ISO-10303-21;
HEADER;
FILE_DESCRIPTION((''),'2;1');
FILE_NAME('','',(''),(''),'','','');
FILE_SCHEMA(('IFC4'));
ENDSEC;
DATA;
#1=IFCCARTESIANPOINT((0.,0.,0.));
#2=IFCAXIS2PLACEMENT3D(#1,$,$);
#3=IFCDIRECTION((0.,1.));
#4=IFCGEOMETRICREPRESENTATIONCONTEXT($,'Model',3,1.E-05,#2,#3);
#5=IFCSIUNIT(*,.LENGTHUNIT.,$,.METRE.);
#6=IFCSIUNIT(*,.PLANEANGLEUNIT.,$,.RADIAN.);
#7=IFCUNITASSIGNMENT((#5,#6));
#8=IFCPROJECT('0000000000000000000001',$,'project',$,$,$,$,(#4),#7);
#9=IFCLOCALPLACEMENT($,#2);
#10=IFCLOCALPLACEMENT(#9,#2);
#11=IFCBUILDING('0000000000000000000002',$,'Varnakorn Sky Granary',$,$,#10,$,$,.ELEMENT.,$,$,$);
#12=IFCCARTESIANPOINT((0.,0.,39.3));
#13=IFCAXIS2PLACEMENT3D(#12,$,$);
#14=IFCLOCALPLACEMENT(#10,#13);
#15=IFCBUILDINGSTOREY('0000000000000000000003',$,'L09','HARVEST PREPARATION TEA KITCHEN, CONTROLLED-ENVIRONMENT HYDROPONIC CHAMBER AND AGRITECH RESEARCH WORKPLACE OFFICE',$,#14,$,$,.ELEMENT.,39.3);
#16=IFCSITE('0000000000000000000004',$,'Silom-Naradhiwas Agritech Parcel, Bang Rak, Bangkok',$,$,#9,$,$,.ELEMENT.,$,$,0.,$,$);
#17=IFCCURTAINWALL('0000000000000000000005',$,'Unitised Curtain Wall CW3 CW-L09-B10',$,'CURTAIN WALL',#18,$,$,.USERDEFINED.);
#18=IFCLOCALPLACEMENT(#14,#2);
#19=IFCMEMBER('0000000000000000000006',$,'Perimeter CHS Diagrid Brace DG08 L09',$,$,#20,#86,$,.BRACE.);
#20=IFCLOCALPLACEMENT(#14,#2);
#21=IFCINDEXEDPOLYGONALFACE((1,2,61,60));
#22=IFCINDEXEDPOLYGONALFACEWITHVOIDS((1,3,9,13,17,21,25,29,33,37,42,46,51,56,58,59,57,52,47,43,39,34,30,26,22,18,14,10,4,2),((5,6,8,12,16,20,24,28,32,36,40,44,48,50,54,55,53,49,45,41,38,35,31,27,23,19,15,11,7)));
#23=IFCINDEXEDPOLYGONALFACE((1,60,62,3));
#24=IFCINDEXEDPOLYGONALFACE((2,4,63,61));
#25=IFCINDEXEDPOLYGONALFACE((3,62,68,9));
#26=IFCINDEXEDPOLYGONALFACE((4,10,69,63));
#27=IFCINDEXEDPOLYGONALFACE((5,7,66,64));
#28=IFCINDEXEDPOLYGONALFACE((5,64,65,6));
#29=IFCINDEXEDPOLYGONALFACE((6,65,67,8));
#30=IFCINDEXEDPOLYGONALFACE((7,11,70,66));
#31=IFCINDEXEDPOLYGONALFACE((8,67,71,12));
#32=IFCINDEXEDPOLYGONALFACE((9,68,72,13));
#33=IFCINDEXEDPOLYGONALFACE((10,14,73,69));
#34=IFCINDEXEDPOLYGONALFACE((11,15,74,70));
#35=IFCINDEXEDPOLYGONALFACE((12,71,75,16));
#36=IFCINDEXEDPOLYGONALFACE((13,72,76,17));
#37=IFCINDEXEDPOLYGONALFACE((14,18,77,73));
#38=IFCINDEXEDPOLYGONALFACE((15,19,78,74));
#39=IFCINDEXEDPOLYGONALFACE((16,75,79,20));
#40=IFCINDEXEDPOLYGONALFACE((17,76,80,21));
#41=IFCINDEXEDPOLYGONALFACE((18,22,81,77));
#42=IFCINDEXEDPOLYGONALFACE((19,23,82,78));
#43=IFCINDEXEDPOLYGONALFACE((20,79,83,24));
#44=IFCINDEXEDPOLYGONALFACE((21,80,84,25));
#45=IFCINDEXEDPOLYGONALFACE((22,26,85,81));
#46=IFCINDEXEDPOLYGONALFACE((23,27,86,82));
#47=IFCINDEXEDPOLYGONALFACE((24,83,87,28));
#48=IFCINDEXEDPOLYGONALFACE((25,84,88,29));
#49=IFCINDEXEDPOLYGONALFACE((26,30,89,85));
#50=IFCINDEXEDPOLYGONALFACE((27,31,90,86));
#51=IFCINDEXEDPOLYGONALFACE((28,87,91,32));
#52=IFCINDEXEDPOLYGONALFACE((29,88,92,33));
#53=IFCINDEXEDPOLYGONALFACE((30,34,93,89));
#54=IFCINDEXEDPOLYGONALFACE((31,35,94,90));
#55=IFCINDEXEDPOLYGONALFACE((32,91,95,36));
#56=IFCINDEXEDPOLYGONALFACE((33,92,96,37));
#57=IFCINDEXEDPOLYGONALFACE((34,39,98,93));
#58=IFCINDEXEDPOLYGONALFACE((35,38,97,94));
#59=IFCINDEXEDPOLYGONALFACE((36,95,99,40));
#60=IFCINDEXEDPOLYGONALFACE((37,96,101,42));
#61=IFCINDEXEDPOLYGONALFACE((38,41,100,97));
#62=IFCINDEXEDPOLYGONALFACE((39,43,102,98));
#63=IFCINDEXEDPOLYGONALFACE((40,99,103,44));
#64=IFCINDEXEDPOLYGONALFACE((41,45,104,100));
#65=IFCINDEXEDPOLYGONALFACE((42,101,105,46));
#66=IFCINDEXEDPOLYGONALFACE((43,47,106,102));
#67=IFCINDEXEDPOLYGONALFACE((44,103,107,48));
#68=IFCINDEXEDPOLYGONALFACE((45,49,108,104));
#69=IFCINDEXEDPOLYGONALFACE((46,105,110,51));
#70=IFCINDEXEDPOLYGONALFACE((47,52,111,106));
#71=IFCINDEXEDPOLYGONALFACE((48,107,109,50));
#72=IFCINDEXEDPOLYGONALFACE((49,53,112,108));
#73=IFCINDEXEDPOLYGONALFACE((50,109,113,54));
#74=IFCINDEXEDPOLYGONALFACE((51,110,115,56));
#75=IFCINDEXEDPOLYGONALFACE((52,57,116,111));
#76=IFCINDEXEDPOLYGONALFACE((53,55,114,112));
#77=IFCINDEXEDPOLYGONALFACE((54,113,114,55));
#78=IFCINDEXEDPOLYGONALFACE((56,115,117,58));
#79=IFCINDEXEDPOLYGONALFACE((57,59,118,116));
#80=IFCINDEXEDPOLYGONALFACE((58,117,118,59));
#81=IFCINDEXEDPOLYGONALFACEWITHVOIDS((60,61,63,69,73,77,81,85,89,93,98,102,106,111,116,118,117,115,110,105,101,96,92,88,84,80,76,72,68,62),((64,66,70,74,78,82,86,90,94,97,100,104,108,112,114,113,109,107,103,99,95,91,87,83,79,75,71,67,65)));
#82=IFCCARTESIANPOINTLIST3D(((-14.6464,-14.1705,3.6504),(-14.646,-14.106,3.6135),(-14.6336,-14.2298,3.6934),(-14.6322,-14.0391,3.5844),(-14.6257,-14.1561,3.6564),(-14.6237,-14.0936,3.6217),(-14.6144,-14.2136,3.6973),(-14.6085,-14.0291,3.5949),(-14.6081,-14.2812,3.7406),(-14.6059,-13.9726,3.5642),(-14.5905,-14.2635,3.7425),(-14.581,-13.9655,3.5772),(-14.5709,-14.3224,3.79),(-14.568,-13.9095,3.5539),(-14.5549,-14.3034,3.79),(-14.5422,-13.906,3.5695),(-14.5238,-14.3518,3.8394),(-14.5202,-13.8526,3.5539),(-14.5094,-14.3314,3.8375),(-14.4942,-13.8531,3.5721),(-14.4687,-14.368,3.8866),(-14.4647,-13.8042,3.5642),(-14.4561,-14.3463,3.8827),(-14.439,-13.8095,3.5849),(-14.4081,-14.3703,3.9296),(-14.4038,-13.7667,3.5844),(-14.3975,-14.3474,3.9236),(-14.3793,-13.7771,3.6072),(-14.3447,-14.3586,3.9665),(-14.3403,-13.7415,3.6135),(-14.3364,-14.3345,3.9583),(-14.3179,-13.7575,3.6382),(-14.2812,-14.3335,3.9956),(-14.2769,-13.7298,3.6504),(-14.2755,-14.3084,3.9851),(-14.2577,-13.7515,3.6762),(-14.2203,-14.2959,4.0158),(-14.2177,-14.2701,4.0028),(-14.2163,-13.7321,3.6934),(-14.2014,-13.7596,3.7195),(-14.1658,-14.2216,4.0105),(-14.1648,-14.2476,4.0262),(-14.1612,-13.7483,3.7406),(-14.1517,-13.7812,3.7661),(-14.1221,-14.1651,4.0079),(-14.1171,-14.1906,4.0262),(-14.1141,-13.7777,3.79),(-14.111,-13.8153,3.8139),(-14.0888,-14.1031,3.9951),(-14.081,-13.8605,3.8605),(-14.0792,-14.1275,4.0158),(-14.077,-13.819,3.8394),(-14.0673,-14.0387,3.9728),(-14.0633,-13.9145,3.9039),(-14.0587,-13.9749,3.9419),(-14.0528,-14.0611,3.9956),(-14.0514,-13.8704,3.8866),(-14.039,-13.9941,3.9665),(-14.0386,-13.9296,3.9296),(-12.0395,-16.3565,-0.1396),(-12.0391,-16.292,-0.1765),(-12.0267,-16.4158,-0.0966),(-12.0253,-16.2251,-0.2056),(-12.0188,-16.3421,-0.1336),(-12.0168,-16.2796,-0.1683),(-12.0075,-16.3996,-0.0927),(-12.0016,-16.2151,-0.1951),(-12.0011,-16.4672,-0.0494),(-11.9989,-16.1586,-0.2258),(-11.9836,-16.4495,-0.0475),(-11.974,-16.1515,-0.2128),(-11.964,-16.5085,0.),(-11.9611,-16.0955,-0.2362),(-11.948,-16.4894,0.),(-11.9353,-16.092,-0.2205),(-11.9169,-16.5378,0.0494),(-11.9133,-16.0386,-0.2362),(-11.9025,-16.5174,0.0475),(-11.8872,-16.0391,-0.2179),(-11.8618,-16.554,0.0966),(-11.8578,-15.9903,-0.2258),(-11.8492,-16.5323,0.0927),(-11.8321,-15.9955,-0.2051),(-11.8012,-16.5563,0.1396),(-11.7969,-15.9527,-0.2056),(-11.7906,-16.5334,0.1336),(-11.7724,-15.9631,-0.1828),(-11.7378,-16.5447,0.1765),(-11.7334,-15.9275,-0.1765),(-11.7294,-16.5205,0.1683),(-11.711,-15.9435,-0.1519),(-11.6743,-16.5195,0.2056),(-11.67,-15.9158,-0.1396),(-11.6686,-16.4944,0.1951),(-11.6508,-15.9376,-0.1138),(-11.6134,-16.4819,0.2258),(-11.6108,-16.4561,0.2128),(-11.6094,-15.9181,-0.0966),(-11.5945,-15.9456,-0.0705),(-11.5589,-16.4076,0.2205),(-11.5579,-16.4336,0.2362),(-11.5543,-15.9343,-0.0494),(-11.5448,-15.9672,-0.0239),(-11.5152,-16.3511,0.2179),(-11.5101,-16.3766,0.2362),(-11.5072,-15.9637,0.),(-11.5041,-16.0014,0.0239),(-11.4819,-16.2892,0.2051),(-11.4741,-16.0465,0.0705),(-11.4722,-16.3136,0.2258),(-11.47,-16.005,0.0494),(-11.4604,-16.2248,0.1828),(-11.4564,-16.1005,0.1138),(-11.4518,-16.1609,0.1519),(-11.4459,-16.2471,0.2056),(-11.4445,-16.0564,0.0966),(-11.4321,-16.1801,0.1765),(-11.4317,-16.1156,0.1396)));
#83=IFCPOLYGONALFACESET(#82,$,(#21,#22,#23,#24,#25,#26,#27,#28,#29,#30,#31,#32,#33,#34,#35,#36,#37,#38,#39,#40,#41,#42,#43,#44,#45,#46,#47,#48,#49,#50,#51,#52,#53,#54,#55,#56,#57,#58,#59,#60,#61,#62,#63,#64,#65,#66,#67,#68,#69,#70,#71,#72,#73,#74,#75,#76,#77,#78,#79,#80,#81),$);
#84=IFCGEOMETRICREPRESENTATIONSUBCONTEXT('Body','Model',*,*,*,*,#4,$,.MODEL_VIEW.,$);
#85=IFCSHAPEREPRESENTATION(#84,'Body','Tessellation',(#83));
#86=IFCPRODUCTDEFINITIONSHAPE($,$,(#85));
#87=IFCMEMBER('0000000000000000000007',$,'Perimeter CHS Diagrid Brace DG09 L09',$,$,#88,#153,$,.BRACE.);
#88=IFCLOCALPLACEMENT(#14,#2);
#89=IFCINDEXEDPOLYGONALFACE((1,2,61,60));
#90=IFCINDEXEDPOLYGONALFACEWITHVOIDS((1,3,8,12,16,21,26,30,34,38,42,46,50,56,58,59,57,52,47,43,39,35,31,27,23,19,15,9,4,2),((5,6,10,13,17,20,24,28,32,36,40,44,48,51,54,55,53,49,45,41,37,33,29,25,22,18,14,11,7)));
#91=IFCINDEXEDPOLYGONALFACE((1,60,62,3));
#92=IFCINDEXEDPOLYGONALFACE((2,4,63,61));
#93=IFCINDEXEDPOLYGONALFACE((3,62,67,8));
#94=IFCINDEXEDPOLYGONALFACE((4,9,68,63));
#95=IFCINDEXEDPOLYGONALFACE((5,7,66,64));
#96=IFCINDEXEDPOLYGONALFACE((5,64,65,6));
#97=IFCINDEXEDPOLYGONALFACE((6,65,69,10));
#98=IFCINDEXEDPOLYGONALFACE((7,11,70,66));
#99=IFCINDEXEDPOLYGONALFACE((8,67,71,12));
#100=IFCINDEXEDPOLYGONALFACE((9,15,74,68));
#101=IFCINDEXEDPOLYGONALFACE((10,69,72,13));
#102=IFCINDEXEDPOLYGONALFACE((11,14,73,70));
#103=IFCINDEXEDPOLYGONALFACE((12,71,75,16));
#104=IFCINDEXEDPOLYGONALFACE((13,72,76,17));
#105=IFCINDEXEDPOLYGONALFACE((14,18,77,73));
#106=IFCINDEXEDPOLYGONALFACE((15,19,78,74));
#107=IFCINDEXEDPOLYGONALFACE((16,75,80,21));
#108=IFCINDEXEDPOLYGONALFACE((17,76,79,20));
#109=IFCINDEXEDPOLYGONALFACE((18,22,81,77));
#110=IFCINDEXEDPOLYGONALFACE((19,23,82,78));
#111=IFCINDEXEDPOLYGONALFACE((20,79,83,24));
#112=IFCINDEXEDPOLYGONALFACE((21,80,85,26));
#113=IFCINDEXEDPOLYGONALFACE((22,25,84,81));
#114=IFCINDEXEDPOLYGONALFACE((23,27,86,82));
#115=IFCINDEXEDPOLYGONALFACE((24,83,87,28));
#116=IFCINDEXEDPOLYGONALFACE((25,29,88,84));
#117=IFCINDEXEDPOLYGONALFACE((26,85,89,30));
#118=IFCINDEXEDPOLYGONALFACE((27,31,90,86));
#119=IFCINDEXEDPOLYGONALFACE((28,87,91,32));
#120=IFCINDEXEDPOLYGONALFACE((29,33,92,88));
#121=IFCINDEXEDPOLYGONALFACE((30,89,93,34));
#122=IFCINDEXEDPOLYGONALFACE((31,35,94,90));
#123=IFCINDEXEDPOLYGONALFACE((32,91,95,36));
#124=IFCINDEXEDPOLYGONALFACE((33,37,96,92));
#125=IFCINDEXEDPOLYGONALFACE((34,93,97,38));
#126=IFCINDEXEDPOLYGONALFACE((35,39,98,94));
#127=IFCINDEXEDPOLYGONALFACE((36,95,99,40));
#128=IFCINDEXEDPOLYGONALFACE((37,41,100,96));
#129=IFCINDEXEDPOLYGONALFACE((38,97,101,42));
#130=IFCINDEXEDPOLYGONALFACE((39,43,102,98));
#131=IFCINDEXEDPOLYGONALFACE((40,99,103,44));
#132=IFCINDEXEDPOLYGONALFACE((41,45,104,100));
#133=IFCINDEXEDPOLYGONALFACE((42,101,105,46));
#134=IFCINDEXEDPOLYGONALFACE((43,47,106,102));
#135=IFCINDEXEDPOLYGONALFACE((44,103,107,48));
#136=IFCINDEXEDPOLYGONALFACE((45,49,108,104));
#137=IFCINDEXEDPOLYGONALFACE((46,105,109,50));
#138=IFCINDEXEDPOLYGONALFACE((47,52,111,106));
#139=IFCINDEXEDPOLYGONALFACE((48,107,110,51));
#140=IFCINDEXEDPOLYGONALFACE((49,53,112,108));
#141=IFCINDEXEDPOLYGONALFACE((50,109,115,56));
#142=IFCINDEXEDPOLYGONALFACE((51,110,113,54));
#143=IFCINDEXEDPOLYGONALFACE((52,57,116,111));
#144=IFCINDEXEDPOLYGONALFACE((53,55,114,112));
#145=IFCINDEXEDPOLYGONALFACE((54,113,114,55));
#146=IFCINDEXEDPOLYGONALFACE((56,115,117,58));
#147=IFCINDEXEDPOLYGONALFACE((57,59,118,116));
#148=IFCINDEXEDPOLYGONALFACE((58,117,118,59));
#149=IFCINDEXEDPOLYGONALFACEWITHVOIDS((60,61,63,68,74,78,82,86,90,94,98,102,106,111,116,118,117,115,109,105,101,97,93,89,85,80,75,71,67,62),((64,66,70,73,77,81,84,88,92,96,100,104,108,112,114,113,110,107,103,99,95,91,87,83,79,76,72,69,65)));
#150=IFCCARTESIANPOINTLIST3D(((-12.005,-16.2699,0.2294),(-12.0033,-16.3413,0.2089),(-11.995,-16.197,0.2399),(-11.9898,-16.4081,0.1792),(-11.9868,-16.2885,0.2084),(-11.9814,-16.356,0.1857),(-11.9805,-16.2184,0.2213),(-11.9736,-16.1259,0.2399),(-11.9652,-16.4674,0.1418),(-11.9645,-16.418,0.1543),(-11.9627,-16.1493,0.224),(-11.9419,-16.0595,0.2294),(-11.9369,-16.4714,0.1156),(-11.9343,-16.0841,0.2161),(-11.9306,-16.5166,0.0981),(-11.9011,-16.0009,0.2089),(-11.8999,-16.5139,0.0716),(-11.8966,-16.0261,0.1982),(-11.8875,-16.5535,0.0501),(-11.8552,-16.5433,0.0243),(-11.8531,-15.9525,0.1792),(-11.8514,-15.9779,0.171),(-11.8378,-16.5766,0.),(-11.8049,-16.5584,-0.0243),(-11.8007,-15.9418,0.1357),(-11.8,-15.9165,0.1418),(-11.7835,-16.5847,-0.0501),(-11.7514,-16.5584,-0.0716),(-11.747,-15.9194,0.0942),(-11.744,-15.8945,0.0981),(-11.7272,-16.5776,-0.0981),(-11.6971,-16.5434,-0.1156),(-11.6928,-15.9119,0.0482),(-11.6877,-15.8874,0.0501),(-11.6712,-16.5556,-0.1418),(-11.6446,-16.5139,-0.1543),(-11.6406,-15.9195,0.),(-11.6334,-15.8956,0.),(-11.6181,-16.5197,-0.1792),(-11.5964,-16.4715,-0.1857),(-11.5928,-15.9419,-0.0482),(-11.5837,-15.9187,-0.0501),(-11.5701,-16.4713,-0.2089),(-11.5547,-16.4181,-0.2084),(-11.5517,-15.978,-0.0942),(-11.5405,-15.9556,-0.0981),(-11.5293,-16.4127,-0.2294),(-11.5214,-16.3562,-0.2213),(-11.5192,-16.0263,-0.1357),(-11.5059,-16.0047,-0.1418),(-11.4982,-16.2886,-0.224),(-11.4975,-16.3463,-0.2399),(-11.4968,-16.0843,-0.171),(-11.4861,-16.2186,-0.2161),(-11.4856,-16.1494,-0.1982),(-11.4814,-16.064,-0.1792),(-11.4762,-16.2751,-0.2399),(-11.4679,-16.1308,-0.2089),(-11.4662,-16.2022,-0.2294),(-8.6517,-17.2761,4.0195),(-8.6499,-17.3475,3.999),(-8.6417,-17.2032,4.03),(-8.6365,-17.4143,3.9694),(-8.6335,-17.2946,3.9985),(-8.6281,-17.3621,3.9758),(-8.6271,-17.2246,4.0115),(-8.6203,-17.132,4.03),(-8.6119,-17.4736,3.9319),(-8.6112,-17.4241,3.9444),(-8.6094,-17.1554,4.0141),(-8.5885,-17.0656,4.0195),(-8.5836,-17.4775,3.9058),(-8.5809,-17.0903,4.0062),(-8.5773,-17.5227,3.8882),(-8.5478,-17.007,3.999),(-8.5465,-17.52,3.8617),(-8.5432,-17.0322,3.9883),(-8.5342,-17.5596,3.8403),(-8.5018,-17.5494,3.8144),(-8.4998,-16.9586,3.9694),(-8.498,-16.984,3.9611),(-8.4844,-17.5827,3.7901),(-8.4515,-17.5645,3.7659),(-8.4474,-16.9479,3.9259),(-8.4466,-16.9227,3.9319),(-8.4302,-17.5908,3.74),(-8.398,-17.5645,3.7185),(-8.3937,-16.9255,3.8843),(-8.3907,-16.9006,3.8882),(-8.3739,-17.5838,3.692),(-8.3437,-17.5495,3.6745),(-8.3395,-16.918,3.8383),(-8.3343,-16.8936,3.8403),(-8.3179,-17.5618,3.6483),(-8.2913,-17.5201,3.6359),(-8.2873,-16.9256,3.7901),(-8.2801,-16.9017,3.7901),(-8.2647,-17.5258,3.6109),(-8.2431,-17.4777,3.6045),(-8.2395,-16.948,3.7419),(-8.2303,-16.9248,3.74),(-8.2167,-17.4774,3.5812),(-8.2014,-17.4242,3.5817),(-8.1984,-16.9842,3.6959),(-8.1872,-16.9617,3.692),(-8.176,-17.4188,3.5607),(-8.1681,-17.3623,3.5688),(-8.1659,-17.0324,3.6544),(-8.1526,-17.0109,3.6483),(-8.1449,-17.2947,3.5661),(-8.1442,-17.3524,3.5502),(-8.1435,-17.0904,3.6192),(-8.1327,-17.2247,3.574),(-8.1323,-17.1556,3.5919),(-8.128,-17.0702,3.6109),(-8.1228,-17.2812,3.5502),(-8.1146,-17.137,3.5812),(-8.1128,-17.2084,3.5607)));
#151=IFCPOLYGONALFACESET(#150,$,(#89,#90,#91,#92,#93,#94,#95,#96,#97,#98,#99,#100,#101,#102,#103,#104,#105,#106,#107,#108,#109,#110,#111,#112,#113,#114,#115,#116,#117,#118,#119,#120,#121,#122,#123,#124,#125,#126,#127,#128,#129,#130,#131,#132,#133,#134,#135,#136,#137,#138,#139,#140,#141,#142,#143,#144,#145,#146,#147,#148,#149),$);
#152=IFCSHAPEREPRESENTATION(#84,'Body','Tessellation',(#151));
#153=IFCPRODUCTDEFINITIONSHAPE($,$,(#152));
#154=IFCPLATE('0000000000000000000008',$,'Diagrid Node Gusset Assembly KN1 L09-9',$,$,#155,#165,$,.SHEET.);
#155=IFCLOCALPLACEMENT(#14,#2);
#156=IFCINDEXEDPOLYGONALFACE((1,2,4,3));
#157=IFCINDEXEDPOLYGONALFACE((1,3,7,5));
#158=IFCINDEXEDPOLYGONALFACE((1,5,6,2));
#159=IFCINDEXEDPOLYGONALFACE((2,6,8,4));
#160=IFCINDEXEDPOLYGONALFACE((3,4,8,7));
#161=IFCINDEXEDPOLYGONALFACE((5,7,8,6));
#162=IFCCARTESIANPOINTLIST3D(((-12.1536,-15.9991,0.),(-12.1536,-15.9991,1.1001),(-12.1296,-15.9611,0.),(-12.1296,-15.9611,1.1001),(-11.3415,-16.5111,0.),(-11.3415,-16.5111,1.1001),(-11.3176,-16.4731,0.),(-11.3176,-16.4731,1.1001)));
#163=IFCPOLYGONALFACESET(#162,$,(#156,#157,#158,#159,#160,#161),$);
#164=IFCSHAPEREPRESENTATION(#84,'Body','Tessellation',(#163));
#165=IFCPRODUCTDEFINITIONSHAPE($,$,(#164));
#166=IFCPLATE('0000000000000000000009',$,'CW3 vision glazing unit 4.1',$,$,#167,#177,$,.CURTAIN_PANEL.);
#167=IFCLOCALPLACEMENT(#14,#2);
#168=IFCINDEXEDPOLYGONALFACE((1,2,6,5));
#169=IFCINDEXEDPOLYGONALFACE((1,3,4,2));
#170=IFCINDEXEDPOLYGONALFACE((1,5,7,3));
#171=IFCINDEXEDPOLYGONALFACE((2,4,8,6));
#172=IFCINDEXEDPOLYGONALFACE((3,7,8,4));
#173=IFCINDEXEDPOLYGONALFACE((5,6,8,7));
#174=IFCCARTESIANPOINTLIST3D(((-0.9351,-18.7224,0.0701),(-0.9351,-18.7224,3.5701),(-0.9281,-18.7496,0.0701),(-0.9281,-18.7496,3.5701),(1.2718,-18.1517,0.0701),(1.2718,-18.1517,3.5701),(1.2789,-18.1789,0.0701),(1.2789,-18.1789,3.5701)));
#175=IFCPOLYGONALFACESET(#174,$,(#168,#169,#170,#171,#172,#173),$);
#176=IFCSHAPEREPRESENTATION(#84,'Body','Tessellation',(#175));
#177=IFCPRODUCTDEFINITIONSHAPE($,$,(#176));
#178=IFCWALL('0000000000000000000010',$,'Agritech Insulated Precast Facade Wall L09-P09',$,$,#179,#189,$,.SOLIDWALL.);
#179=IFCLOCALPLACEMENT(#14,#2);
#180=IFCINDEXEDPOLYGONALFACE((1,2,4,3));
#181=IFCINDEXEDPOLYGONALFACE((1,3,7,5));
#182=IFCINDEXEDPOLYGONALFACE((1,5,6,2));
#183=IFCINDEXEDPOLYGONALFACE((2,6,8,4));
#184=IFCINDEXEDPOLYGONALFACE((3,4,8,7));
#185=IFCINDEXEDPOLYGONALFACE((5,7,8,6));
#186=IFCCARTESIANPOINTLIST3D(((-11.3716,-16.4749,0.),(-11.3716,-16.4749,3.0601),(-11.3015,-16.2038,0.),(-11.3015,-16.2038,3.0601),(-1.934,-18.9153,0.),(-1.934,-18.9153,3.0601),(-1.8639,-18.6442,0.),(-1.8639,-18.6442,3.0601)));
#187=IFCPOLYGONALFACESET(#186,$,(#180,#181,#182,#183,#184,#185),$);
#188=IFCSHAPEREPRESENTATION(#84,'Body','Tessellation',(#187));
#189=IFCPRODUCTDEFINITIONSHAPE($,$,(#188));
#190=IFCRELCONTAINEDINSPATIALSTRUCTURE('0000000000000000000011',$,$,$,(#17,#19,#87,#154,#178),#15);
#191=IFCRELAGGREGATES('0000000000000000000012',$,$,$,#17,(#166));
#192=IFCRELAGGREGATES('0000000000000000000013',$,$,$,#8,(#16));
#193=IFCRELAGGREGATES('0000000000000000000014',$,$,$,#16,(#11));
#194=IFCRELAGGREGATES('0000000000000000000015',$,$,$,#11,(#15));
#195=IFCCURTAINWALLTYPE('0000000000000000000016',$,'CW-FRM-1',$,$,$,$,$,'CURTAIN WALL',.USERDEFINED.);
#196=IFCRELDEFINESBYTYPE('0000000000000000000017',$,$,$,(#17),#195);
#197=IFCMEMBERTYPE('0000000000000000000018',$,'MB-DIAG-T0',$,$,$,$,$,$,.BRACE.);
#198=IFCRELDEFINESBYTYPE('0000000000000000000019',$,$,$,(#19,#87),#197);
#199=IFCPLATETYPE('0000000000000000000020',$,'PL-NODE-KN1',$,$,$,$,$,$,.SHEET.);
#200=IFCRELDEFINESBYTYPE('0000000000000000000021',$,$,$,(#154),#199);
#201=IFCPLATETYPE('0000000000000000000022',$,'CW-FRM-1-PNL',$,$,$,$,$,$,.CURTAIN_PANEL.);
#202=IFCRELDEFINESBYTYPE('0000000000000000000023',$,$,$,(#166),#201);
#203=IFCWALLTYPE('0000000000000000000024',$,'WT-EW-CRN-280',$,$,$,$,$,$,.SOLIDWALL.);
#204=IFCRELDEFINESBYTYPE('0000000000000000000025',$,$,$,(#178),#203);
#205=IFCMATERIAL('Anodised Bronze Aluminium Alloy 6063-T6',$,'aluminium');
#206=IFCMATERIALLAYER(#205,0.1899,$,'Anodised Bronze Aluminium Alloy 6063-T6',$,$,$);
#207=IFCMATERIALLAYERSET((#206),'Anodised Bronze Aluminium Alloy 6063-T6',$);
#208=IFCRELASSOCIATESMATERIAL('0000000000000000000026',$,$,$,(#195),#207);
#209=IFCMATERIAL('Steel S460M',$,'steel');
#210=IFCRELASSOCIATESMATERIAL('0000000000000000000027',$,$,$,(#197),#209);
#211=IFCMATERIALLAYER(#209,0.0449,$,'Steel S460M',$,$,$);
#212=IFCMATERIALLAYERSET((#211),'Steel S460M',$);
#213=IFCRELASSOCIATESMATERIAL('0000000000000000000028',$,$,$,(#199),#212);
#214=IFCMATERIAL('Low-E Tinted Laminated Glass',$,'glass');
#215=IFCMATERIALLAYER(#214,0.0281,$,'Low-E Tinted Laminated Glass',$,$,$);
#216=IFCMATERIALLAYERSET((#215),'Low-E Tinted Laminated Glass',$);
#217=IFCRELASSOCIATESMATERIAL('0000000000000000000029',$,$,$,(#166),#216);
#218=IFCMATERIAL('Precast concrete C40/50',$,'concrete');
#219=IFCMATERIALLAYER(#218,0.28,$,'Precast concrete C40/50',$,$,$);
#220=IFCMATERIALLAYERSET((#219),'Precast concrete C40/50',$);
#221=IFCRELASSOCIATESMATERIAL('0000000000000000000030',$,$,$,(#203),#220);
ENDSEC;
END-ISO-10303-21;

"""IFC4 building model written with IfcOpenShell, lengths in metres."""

from ifc_helpers import new_model, si_unit, direction, frame, frame_2d, origin, origin_2d, place, context, subcontext, project, spatial, rectangle, hollow_circle, extrude, source, transform, mapped, material, layer, layer_set, material_profile, profile_set, type_object, type_shapes, element, aggregate, save


model = new_model("IFC4")

# Units and contexts
model_context = context("Model", 3, precision=1e-05, world=origin(), true_north=direction((0.0, 1.0)))
body_context = subcontext(model_context, "Body", "Model", "MODEL_VIEW")
ifc_project = project(units=[si_unit("LENGTHUNIT", "METRE"), si_unit("PLANEANGLEUNIT", "RADIAN")], contexts=[model_context])

# Site, building, storey
site_placement = place(None, origin())
site = spatial("IfcSite", under=ifc_project, at=site_placement, Name="Silom-Naradhiwas Agritech Parcel, Bang Rak, Bangkok", CompositionType="ELEMENT", RefElevation=0.0)
building_placement = place(site_placement, origin())
building = spatial("IfcBuilding", under=site, at=building_placement, Name="Varnakorn Sky Granary", CompositionType="ELEMENT")
storey_placement = place(building_placement, frame((0.0, 0.0, 39.3)))
storey = spatial("IfcBuildingStorey", under=building, at=storey_placement, Name="L09", Description="HARVEST PREPARATION TEA KITCHEN, CONTROLLED-ENVIRONMENT HYDROPONIC CHAMBER AND AGRITECH RESEARCH WORKPLACE OFFICE", CompositionType="ELEMENT", Elevation=39.3)

# Shared definitions
ifc_material_1 = material(Name="Steel S460M", Category="steel")

# Curtain wall
ifc_material_2 = material(Name="Anodised Bronze Aluminium Alloy 6063-T6", Category="aluminium")
ifc_layer_1 = layer(ifc_material_2, 0.1899, Name="Anodised Bronze Aluminium Alloy 6063-T6")
ifc_layer_set_1 = layer_set([ifc_layer_1], Name="Anodised Bronze Aluminium Alloy 6063-T6")
curtain_wall_type = type_object("IfcCurtainWallType", Name="CW-FRM-1", ElementType="CURTAIN WALL", PredefinedType="USERDEFINED", material=ifc_layer_set_1)
curtain_wall_1_placement = place(storey_placement, origin())
curtain_wall_1 = element("IfcCurtainWall", 1, at=curtain_wall_1_placement, inside=storey, type_object=curtain_wall_type, Name="Unitised Curtain Wall CW3 CW-L09-B10", ObjectType="CURTAIN WALL", PredefinedType="USERDEFINED")

# Members
ifc_material_profile_1 = material_profile(ifc_material_1, hollow_circle(Radius=0.3555, WallThickness=0.0249, at=origin_2d()), Name="CHS 711x25")
ifc_profile_set_1 = profile_set([ifc_material_profile_1], Name="Steel S460M")
member_type_1 = type_object("IfcMemberType", Name="MB-DIAG-T0", PredefinedType="BRACE", material=ifc_profile_set_1)
member_1_placement = place(storey_placement, frame((-11.7356, -16.2361, 0.0), z_axis=(-0.51186, 0.429219, 0.744158), x_axis=(-0.642539, -0.766253, 0.0)))
element("IfcMember", 2, at=member_1_placement, inside=storey, type_object=member_type_1, Name="Perimeter CHS Diagrid Brace DG08 L09", PredefinedType="BRACE", context=body_context, shape_type="SweptSolid", body=[
    extrude(hollow_circle(Radius=0.3555, WallThickness=0.0249, at=origin_2d()), origin(), (0.0, 0.0, 1.0), 5.093),
])
member_2_placement = place(storey_placement, frame((-11.7356, -16.2361, 0.0), z_axis=(0.649914, -0.194998, 0.734566), x_axis=(0.28738, 0.957817, 0.0)))
element("IfcMember", 3, at=member_2_placement, inside=storey, type_object=member_type_1, Name="Perimeter CHS Diagrid Brace DG09 L09", PredefinedType="BRACE", context=body_context, shape_type="SweptSolid", body=[
    extrude(hollow_circle(Radius=0.3555, WallThickness=0.0249, at=origin_2d()), origin(), (0.0, 0.0, 1.0), 5.1597),
])

# Plates
ifc_layer_2 = layer(ifc_material_1, 0.0449, Name="Steel S460M")
ifc_layer_set_2 = layer_set([ifc_layer_2], Name="Steel S460M")
plate_type_1 = type_object("IfcPlateType", Name="PL-NODE-KN1", PredefinedType="SHEET", material=ifc_layer_set_2)
plate_1_placement = place(storey_placement, frame((-11.7356, -16.2361, 0.0), z_axis=(0.0, 0.0, 1.0), x_axis=(0.845934, -0.533287, 0.0)))
element("IfcPlate", 4, at=plate_1_placement, inside=storey, type_object=plate_type_1, Name="Diagrid Node Gusset Assembly KN1 L09-9", PredefinedType="SHEET", context=body_context, shape_type="SweptSolid", body=[
    extrude(rectangle(XDim=0.96, YDim=0.0449, at=origin_2d()), origin(), (0.0, 0.0, 1.0), 1.1001),
])
ifc_material_3 = material(Name="Low-E Tinted Laminated Glass", Category="glass")
ifc_layer_3 = layer(ifc_material_3, 0.0281, Name="Low-E Tinted Laminated Glass")
ifc_layer_set_3 = layer_set([ifc_layer_3], Name="Low-E Tinted Laminated Glass")
plate_type_2 = type_object("IfcPlateType", Name="CW-FRM-1-PNL", PredefinedType="CURTAIN_PANEL")
shared_shape_1 = source(origin(), body_context, "Body", "SweptSolid", [
    extrude(rectangle(XDim=2.2795, YDim=0.0281, at=origin_2d()), origin(), (0.0, 0.0, 1.0), 3.5),
])
type_shapes(plate_type_2, [shared_shape_1])
plate_2_placement = place(storey_placement, frame((0.1719, -18.4507, 0.0701), z_axis=(0.0, 0.0, 1.0), x_axis=(-0.968153, -0.25036, 0.0)))
plate_2 = element("IfcPlate", 5, at=plate_2_placement, type_object=plate_type_2, material=ifc_layer_set_3, Name="CW3 vision glazing unit 4.1", PredefinedType="CURTAIN_PANEL", context=body_context, shape_type="MappedRepresentation", body=[
    mapped(shared_shape_1, transform((0.0, 0.0, 0.0), x_axis=(1.0, 0.0, 0.0), y_axis=(0.0, 1.0, 0.0), z_axis=(0.0, 0.0, 1.0), scale=1.0)),
])
aggregate(curtain_wall_1, [plate_2])

# Wall
ifc_material_4 = material(Name="Precast concrete C40/50", Category="concrete")
ifc_layer_4 = layer(ifc_material_4, 0.28, Name="Precast concrete C40/50")
ifc_layer_set_4 = layer_set([ifc_layer_4], Name="Precast concrete C40/50")
wall_type_1 = type_object("IfcWallType", Name="WT-EW-CRN-280", PredefinedType="SOLIDWALL", material=ifc_layer_set_4)
wall_1_placement = place(storey_placement, frame((-1.8989, -18.7798, 0.0), z_axis=(0.0, 0.0, 1.0), x_axis=(-0.968156, 0.250348, 0.0)))
element("IfcWall", 6, at=wall_1_placement, inside=storey, type_object=wall_type_1, Name="Agritech Insulated Precast Facade Wall L09-P09", PredefinedType="SOLIDWALL", context=body_context, shape_type="SweptSolid", body=[
    extrude(rectangle(XDim=9.748, YDim=0.28, at=frame_2d((4.874, 0.0))), origin(), (0.0, 0.0, 1.0), 3.0601),
])

save(model, "model.ifc")
